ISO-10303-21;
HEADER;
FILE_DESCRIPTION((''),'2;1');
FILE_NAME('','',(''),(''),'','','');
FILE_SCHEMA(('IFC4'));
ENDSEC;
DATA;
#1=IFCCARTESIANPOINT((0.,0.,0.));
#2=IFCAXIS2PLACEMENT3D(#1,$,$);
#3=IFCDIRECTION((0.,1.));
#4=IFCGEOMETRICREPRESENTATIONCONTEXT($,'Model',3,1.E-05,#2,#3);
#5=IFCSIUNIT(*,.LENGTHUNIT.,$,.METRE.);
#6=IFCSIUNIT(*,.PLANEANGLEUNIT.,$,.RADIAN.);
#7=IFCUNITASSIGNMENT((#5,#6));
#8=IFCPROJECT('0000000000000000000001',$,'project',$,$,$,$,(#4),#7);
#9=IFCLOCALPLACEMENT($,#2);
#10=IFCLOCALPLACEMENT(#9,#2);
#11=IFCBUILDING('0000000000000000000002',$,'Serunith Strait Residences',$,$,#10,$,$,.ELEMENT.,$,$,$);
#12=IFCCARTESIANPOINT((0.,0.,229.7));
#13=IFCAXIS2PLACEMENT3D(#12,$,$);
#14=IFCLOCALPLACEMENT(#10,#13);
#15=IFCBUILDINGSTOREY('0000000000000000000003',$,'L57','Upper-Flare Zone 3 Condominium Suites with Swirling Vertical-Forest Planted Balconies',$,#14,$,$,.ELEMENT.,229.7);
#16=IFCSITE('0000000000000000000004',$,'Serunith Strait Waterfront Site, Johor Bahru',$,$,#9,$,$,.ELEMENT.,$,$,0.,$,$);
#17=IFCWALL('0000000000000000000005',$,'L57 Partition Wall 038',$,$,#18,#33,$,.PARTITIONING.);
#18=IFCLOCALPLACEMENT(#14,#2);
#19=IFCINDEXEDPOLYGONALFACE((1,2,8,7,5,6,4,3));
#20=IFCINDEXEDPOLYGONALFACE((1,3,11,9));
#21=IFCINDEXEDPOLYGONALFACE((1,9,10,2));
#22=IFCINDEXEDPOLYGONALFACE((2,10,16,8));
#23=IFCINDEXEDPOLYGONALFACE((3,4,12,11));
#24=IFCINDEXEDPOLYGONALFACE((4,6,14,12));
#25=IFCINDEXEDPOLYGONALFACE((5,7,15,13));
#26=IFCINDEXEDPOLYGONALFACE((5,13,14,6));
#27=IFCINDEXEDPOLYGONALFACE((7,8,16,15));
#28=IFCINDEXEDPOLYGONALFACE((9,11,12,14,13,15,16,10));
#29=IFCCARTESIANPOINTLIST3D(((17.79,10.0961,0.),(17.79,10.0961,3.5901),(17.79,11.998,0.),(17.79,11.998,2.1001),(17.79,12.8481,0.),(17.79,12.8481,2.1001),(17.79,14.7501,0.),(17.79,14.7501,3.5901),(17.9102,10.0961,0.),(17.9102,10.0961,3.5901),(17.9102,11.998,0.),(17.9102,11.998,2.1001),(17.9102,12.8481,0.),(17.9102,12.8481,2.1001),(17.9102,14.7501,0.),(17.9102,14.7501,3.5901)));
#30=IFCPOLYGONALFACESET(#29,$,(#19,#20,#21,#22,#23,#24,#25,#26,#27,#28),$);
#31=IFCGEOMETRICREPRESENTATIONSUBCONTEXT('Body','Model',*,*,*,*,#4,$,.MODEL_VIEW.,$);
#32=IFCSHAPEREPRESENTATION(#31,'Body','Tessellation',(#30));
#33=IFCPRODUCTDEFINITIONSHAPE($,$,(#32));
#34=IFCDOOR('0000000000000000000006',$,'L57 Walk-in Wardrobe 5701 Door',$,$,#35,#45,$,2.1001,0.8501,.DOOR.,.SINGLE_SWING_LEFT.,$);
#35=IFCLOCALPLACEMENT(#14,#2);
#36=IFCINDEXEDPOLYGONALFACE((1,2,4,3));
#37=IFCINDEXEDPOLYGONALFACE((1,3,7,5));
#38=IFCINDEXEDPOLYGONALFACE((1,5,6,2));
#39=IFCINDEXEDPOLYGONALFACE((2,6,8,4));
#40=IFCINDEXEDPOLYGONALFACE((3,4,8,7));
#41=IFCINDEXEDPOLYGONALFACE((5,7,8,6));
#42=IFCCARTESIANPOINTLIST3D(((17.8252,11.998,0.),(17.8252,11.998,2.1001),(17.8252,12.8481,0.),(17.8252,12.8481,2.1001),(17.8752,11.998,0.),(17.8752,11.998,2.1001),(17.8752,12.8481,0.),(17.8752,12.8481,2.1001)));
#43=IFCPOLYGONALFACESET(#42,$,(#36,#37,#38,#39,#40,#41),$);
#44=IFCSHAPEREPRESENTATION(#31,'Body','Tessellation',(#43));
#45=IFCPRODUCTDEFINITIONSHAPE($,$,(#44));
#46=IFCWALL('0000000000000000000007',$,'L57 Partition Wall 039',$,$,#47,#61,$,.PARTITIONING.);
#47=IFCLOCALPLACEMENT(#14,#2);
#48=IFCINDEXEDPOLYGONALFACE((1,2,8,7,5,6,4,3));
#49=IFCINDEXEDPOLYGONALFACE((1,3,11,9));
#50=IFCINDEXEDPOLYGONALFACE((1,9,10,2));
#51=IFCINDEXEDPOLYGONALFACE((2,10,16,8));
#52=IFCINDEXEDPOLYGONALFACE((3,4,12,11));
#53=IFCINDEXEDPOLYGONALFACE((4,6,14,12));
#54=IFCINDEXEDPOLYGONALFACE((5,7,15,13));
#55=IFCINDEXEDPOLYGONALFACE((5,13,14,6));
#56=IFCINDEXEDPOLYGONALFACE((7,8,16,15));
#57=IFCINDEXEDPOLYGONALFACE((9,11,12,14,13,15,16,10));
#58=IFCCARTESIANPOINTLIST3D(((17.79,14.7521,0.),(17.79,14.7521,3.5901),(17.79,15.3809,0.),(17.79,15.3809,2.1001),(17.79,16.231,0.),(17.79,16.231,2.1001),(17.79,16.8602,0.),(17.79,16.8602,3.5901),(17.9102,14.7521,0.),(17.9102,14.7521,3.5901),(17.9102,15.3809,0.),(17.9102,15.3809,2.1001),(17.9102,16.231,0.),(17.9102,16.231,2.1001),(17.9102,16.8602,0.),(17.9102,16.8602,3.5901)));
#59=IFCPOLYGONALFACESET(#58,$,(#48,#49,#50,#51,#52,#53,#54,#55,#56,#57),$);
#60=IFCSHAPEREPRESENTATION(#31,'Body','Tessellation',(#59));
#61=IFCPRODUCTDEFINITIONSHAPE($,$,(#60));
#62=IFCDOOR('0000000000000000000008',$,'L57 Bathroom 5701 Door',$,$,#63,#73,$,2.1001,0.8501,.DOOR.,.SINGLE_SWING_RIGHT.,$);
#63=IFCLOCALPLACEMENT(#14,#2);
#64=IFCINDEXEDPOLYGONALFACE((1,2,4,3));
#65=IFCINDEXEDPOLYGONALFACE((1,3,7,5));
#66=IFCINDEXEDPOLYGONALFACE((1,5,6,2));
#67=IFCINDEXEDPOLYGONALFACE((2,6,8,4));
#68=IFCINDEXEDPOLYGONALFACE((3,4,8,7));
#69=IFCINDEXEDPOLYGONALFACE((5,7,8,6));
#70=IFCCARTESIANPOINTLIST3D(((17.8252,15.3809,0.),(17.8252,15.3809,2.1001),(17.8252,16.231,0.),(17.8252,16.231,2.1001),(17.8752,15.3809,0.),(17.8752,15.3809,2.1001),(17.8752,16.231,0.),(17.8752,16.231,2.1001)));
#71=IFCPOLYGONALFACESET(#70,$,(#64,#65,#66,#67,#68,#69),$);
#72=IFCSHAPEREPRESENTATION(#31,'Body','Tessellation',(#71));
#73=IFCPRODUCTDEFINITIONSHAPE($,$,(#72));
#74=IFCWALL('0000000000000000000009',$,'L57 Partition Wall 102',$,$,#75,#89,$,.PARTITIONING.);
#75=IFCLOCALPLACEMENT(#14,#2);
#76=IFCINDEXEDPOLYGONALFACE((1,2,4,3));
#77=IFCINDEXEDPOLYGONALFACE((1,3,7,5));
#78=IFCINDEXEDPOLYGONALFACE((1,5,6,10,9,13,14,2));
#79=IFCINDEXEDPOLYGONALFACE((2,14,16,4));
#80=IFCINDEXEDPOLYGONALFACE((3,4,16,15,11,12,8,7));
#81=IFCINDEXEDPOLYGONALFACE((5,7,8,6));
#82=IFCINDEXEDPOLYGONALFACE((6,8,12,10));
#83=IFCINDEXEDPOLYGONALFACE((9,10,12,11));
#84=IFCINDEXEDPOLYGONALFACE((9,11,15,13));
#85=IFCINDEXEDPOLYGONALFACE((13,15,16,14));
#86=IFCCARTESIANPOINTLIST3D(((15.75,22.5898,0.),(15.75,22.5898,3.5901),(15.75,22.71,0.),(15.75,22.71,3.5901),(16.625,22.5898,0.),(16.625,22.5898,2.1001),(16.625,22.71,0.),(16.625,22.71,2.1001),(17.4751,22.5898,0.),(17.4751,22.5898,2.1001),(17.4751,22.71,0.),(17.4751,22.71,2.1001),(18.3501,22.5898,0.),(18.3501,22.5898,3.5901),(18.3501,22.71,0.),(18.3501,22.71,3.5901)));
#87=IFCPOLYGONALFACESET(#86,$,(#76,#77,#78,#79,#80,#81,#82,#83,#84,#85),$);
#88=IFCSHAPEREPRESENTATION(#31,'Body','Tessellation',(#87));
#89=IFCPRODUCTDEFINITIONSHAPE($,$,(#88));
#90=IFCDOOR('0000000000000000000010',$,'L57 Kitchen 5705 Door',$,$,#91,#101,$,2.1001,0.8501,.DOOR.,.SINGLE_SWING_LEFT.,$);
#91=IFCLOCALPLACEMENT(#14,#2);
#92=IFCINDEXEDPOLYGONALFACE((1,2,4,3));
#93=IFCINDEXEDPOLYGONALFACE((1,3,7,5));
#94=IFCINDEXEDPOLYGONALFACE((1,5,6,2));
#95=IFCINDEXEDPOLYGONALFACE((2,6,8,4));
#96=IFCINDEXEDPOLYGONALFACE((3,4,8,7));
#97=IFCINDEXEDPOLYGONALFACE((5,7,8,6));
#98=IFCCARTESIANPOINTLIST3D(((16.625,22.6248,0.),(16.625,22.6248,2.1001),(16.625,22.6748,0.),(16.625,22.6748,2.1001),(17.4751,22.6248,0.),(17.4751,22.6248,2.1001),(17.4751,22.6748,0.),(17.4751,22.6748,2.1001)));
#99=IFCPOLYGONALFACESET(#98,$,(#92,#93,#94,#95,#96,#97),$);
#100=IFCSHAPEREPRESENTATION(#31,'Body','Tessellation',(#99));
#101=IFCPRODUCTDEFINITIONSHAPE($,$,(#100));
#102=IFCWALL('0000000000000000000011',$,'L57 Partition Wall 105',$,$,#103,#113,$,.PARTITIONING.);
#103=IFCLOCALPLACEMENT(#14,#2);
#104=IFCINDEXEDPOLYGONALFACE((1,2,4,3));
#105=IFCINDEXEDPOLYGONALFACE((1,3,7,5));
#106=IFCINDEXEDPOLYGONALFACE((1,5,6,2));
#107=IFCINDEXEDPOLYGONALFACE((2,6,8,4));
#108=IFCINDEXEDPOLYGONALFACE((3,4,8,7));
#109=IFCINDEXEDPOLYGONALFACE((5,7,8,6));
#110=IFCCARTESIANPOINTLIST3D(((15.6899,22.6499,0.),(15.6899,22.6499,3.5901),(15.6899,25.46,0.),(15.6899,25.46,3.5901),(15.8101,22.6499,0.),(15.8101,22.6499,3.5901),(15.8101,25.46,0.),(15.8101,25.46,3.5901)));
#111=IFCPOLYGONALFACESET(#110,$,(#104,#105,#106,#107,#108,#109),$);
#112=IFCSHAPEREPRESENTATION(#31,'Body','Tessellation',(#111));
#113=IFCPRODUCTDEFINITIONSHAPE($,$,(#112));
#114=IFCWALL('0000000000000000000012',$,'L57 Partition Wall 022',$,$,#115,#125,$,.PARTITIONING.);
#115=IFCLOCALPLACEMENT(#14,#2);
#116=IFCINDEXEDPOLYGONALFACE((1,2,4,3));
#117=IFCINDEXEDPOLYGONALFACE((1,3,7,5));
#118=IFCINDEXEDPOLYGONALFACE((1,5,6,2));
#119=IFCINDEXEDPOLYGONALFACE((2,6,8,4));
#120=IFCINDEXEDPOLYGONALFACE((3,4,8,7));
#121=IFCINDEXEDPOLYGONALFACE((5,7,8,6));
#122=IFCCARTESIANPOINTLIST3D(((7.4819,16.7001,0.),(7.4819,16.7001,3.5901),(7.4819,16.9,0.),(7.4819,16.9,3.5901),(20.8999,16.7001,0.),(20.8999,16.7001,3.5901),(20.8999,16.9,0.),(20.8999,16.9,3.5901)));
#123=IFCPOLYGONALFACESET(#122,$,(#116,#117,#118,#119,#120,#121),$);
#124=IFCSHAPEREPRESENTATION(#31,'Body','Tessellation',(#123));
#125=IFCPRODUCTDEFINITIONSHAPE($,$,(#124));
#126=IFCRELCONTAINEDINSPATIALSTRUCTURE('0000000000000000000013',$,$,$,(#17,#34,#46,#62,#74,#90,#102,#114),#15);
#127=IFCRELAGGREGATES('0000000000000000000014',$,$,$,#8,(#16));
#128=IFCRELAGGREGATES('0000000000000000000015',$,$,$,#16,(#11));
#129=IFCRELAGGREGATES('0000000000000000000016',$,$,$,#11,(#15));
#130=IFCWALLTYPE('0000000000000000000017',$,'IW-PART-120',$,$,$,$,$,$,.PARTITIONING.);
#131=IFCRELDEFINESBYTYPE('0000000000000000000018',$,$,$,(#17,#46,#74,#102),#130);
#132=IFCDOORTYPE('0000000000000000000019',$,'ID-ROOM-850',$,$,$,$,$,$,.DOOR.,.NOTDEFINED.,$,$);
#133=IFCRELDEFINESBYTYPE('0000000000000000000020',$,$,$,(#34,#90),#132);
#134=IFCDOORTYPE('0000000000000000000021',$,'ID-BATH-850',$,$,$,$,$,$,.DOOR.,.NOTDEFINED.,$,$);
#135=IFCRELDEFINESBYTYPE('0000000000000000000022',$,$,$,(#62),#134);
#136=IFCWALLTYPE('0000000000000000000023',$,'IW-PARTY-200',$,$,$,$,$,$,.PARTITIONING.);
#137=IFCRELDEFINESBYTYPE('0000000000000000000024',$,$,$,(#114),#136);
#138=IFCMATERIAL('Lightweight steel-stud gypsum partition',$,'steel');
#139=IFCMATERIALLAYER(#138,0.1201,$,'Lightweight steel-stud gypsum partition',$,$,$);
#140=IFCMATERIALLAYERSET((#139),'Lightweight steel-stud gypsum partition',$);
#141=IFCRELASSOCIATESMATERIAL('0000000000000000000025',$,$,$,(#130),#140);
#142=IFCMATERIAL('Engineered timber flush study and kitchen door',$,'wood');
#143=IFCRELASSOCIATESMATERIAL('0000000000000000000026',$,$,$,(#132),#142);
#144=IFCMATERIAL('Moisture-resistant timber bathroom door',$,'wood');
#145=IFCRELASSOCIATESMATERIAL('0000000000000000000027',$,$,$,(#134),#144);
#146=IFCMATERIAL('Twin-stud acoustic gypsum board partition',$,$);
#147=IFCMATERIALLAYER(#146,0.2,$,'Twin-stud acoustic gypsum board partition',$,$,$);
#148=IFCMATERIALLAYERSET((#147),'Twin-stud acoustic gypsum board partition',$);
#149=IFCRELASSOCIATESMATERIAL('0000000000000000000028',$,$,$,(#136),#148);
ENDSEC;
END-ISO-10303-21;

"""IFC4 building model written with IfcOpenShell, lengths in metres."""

from ifc_helpers import new_model, si_unit, direction, frame, frame_2d, origin, place, context, subcontext, project, spatial, rectangle, extrude, source, transform, mapped, material, layer, layer_set, type_object, element, fill, save


model = new_model("IFC4")

# Units and contexts
model_context = context("Model", 3, precision=1e-05, world=origin(), true_north=direction((0.0, 1.0)))
body_context = subcontext(model_context, "Body", "Model", "MODEL_VIEW")
ifc_project = project(units=[si_unit("LENGTHUNIT", "METRE"), si_unit("PLANEANGLEUNIT", "RADIAN")], contexts=[model_context])

# Site, building, storey
site_placement = place(None, origin())
site = spatial("IfcSite", under=ifc_project, at=site_placement, Name="Serunith Strait Waterfront Site, Johor Bahru", CompositionType="ELEMENT", RefElevation=0.0)
building_placement = place(site_placement, origin())
building = spatial("IfcBuilding", under=site, at=building_placement, Name="Serunith Strait Residences", CompositionType="ELEMENT")
storey_placement = place(building_placement, frame((0.0, 0.0, 229.7)))
storey = spatial("IfcBuildingStorey", under=building, at=storey_placement, Name="L57", Description="Upper-Flare Zone 3 Condominium Suites with Swirling Vertical-Forest Planted Balconies", CompositionType="ELEMENT", Elevation=229.7)

# Shared definitions
ifc_material_1 = material(Name="Lightweight steel-stud gypsum partition", Category="steel")
ifc_layer_1 = layer(ifc_material_1, 0.1201, Name="Lightweight steel-stud gypsum partition")
ifc_layer_set_1 = layer_set([ifc_layer_1], Name="Lightweight steel-stud gypsum partition")
wall_type_1 = type_object("IfcWallType", Name="IW-PART-120", PredefinedType="PARTITIONING", material=ifc_layer_set_1)
ifc_material_2 = material(Name="Engineered timber flush study and kitchen door", Category="wood")
door_type_1 = type_object("IfcDoorType", Name="ID-ROOM-850", OperationType="NOTDEFINED", PredefinedType="DOOR", material=ifc_material_2)
shared_shape_1 = source(origin(), body_context, "Body", "SweptSolid", [
    extrude(rectangle(XDim=0.8501, YDim=2.1001, at=frame_2d((0.425, 1.05))), frame((0.0, 0.0249, 0.0), z_axis=(0.0, -1.0, 0.0), x_axis=(1.0, 0.0, 0.0)), (0.0, 0.0, 1.0), 0.05),
])

# Walls, openings, doors
wall_1_placement = place(storey_placement, frame((17.8501, 10.0959, 0.0), z_axis=(0.0, 0.0, 1.0), x_axis=(0.0, 1.0, 0.0)))
wall_1 = element("IfcWall", 1, at=wall_1_placement, inside=storey, type_object=wall_type_1, Name="L57 Partition Wall 038", PredefinedType="PARTITIONING", context=body_context, shape_type="SweptSolid", body=[
    extrude(rectangle(XDim=4.6541, YDim=0.1201, at=frame_2d((2.3271, 0.0))), origin(), (0.0, 0.0, 1.0), 3.5901),
])
opening_1_placement = place(wall_1_placement, frame((1.9021, 0.0, 0.0)))
opening_1 = element("IfcOpeningElement", 2, at=opening_1_placement, cuts=wall_1, PredefinedType="OPENING", context=body_context, shape_type="SweptSolid", body=[
    extrude(rectangle(XDim=0.8501, YDim=2.1001, at=frame_2d((0.425, 1.05))), frame((0.0, 0.0701, 0.0), z_axis=(0.0, -1.0, 0.0), x_axis=(1.0, 0.0, 0.0)), (0.0, 0.0, 1.0), 0.1401),
])
door_1_placement = place(opening_1_placement, origin())
door_1 = element("IfcDoor", 3, at=door_1_placement, inside=storey, type_object=door_type_1, Name="L57 Walk-in Wardrobe 5701 Door", OperationType="SINGLE_SWING_LEFT", OverallHeight=2.1001, OverallWidth=0.8501, PredefinedType="DOOR", context=body_context, shape_type="MappedRepresentation", body=[
    mapped(shared_shape_1, transform((0.0, 0.0, 0.0), scale=1.0)),
])
fill(opening_1, door_1)
wall_2_placement = place(storey_placement, frame((17.8501, 14.752, 0.0), z_axis=(0.0, 0.0, 1.0), x_axis=(0.0, 1.0, 0.0)))
wall_2 = element("IfcWall", 4, at=wall_2_placement, inside=storey, type_object=wall_type_1, Name="L57 Partition Wall 039", PredefinedType="PARTITIONING", context=body_context, shape_type="SweptSolid", body=[
    extrude(rectangle(XDim=2.1082, YDim=0.1201, at=frame_2d((1.0542, 0.0))), origin(), (0.0, 0.0, 1.0), 3.5901),
])
opening_2_placement = place(wall_2_placement, frame((0.6289, 0.0, 0.0)))
opening_2 = element("IfcOpeningElement", 5, at=opening_2_placement, cuts=wall_2, PredefinedType="OPENING", context=body_context, shape_type="SweptSolid", body=[
    extrude(rectangle(XDim=0.8501, YDim=2.1001, at=frame_2d((0.425, 1.05))), frame((0.0, 0.0701, 0.0), z_axis=(0.0, -1.0, 0.0), x_axis=(1.0, 0.0, 0.0)), (0.0, 0.0, 1.0), 0.1401),
])
ifc_material_3 = material(Name="Moisture-resistant timber bathroom door", Category="wood")
door_type_2 = type_object("IfcDoorType", Name="ID-BATH-850", OperationType="NOTDEFINED", PredefinedType="DOOR", material=ifc_material_3)
door_2_placement = place(opening_2_placement, origin())
door_2 = element("IfcDoor", 6, at=door_2_placement, inside=storey, type_object=door_type_2, Name="L57 Bathroom 5701 Door", OperationType="SINGLE_SWING_RIGHT", OverallHeight=2.1001, OverallWidth=0.8501, PredefinedType="DOOR", context=body_context, shape_type="MappedRepresentation", body=[
    mapped(shared_shape_1, transform((0.0, 0.0, 0.0), scale=1.0)),
])
fill(opening_2, door_2)
wall_3_placement = place(storey_placement, frame((15.75, 22.6499, 0.0), z_axis=(0.0, 0.0, 1.0), x_axis=(1.0, 0.0, 0.0)))
wall_3 = element("IfcWall", 7, at=wall_3_placement, inside=storey, type_object=wall_type_1, Name="L57 Partition Wall 102", PredefinedType="PARTITIONING", context=body_context, shape_type="SweptSolid", body=[
    extrude(rectangle(XDim=2.6001, YDim=0.1201, at=frame_2d((1.3, 0.0))), origin(), (0.0, 0.0, 1.0), 3.5901),
])
opening_3_placement = place(wall_3_placement, frame((0.875, 0.0, 0.0)))
opening_3 = element("IfcOpeningElement", 8, at=opening_3_placement, cuts=wall_3, PredefinedType="OPENING", context=body_context, shape_type="SweptSolid", body=[
    extrude(rectangle(XDim=0.8501, YDim=2.1001, at=frame_2d((0.425, 1.05))), frame((0.0, 0.0701, 0.0), z_axis=(0.0, -1.0, 0.0), x_axis=(1.0, 0.0, 0.0)), (0.0, 0.0, 1.0), 0.1401),
])
door_3_placement = place(opening_3_placement, origin())
door_3 = element("IfcDoor", 9, at=door_3_placement, inside=storey, type_object=door_type_1, Name="L57 Kitchen 5705 Door", OperationType="SINGLE_SWING_LEFT", OverallHeight=2.1001, OverallWidth=0.8501, PredefinedType="DOOR", context=body_context, shape_type="MappedRepresentation", body=[
    mapped(shared_shape_1, transform((0.0, 0.0, 0.0), scale=1.0)),
])
fill(opening_3, door_3)

# Walls
wall_4_placement = place(storey_placement, frame((15.75, 22.6499, 0.0), z_axis=(0.0, 0.0, 1.0), x_axis=(0.0, 1.0, 0.0)))
element("IfcWall", 10, at=wall_4_placement, inside=storey, type_object=wall_type_1, Name="L57 Partition Wall 105", PredefinedType="PARTITIONING", context=body_context, shape_type="SweptSolid", body=[
    extrude(rectangle(XDim=2.8101, YDim=0.1201, at=frame_2d((1.405, 0.0))), origin(), (0.0, 0.0, 1.0), 3.5901),
])
ifc_material_4 = material(Name="Twin-stud acoustic gypsum board partition")
ifc_layer_2 = layer(ifc_material_4, 0.2, Name="Twin-stud acoustic gypsum board partition")
ifc_layer_set_2 = layer_set([ifc_layer_2], Name="Twin-stud acoustic gypsum board partition")
wall_type_2 = type_object("IfcWallType", Name="IW-PARTY-200", PredefinedType="PARTITIONING", material=ifc_layer_set_2)
wall_5_placement = place(storey_placement, frame((7.4819, 16.8, 0.0), z_axis=(0.0, 0.0, 1.0), x_axis=(1.0, 0.0, 0.0)))
element("IfcWall", 11, at=wall_5_placement, inside=storey, type_object=wall_type_2, Name="L57 Partition Wall 022", PredefinedType="PARTITIONING", context=body_context, shape_type="SweptSolid", body=[
    extrude(rectangle(XDim=13.418, YDim=0.2, at=frame_2d((6.709, 0.0))), origin(), (0.0, 0.0, 1.0), 3.5901),
])

save(model, "model.ifc")
